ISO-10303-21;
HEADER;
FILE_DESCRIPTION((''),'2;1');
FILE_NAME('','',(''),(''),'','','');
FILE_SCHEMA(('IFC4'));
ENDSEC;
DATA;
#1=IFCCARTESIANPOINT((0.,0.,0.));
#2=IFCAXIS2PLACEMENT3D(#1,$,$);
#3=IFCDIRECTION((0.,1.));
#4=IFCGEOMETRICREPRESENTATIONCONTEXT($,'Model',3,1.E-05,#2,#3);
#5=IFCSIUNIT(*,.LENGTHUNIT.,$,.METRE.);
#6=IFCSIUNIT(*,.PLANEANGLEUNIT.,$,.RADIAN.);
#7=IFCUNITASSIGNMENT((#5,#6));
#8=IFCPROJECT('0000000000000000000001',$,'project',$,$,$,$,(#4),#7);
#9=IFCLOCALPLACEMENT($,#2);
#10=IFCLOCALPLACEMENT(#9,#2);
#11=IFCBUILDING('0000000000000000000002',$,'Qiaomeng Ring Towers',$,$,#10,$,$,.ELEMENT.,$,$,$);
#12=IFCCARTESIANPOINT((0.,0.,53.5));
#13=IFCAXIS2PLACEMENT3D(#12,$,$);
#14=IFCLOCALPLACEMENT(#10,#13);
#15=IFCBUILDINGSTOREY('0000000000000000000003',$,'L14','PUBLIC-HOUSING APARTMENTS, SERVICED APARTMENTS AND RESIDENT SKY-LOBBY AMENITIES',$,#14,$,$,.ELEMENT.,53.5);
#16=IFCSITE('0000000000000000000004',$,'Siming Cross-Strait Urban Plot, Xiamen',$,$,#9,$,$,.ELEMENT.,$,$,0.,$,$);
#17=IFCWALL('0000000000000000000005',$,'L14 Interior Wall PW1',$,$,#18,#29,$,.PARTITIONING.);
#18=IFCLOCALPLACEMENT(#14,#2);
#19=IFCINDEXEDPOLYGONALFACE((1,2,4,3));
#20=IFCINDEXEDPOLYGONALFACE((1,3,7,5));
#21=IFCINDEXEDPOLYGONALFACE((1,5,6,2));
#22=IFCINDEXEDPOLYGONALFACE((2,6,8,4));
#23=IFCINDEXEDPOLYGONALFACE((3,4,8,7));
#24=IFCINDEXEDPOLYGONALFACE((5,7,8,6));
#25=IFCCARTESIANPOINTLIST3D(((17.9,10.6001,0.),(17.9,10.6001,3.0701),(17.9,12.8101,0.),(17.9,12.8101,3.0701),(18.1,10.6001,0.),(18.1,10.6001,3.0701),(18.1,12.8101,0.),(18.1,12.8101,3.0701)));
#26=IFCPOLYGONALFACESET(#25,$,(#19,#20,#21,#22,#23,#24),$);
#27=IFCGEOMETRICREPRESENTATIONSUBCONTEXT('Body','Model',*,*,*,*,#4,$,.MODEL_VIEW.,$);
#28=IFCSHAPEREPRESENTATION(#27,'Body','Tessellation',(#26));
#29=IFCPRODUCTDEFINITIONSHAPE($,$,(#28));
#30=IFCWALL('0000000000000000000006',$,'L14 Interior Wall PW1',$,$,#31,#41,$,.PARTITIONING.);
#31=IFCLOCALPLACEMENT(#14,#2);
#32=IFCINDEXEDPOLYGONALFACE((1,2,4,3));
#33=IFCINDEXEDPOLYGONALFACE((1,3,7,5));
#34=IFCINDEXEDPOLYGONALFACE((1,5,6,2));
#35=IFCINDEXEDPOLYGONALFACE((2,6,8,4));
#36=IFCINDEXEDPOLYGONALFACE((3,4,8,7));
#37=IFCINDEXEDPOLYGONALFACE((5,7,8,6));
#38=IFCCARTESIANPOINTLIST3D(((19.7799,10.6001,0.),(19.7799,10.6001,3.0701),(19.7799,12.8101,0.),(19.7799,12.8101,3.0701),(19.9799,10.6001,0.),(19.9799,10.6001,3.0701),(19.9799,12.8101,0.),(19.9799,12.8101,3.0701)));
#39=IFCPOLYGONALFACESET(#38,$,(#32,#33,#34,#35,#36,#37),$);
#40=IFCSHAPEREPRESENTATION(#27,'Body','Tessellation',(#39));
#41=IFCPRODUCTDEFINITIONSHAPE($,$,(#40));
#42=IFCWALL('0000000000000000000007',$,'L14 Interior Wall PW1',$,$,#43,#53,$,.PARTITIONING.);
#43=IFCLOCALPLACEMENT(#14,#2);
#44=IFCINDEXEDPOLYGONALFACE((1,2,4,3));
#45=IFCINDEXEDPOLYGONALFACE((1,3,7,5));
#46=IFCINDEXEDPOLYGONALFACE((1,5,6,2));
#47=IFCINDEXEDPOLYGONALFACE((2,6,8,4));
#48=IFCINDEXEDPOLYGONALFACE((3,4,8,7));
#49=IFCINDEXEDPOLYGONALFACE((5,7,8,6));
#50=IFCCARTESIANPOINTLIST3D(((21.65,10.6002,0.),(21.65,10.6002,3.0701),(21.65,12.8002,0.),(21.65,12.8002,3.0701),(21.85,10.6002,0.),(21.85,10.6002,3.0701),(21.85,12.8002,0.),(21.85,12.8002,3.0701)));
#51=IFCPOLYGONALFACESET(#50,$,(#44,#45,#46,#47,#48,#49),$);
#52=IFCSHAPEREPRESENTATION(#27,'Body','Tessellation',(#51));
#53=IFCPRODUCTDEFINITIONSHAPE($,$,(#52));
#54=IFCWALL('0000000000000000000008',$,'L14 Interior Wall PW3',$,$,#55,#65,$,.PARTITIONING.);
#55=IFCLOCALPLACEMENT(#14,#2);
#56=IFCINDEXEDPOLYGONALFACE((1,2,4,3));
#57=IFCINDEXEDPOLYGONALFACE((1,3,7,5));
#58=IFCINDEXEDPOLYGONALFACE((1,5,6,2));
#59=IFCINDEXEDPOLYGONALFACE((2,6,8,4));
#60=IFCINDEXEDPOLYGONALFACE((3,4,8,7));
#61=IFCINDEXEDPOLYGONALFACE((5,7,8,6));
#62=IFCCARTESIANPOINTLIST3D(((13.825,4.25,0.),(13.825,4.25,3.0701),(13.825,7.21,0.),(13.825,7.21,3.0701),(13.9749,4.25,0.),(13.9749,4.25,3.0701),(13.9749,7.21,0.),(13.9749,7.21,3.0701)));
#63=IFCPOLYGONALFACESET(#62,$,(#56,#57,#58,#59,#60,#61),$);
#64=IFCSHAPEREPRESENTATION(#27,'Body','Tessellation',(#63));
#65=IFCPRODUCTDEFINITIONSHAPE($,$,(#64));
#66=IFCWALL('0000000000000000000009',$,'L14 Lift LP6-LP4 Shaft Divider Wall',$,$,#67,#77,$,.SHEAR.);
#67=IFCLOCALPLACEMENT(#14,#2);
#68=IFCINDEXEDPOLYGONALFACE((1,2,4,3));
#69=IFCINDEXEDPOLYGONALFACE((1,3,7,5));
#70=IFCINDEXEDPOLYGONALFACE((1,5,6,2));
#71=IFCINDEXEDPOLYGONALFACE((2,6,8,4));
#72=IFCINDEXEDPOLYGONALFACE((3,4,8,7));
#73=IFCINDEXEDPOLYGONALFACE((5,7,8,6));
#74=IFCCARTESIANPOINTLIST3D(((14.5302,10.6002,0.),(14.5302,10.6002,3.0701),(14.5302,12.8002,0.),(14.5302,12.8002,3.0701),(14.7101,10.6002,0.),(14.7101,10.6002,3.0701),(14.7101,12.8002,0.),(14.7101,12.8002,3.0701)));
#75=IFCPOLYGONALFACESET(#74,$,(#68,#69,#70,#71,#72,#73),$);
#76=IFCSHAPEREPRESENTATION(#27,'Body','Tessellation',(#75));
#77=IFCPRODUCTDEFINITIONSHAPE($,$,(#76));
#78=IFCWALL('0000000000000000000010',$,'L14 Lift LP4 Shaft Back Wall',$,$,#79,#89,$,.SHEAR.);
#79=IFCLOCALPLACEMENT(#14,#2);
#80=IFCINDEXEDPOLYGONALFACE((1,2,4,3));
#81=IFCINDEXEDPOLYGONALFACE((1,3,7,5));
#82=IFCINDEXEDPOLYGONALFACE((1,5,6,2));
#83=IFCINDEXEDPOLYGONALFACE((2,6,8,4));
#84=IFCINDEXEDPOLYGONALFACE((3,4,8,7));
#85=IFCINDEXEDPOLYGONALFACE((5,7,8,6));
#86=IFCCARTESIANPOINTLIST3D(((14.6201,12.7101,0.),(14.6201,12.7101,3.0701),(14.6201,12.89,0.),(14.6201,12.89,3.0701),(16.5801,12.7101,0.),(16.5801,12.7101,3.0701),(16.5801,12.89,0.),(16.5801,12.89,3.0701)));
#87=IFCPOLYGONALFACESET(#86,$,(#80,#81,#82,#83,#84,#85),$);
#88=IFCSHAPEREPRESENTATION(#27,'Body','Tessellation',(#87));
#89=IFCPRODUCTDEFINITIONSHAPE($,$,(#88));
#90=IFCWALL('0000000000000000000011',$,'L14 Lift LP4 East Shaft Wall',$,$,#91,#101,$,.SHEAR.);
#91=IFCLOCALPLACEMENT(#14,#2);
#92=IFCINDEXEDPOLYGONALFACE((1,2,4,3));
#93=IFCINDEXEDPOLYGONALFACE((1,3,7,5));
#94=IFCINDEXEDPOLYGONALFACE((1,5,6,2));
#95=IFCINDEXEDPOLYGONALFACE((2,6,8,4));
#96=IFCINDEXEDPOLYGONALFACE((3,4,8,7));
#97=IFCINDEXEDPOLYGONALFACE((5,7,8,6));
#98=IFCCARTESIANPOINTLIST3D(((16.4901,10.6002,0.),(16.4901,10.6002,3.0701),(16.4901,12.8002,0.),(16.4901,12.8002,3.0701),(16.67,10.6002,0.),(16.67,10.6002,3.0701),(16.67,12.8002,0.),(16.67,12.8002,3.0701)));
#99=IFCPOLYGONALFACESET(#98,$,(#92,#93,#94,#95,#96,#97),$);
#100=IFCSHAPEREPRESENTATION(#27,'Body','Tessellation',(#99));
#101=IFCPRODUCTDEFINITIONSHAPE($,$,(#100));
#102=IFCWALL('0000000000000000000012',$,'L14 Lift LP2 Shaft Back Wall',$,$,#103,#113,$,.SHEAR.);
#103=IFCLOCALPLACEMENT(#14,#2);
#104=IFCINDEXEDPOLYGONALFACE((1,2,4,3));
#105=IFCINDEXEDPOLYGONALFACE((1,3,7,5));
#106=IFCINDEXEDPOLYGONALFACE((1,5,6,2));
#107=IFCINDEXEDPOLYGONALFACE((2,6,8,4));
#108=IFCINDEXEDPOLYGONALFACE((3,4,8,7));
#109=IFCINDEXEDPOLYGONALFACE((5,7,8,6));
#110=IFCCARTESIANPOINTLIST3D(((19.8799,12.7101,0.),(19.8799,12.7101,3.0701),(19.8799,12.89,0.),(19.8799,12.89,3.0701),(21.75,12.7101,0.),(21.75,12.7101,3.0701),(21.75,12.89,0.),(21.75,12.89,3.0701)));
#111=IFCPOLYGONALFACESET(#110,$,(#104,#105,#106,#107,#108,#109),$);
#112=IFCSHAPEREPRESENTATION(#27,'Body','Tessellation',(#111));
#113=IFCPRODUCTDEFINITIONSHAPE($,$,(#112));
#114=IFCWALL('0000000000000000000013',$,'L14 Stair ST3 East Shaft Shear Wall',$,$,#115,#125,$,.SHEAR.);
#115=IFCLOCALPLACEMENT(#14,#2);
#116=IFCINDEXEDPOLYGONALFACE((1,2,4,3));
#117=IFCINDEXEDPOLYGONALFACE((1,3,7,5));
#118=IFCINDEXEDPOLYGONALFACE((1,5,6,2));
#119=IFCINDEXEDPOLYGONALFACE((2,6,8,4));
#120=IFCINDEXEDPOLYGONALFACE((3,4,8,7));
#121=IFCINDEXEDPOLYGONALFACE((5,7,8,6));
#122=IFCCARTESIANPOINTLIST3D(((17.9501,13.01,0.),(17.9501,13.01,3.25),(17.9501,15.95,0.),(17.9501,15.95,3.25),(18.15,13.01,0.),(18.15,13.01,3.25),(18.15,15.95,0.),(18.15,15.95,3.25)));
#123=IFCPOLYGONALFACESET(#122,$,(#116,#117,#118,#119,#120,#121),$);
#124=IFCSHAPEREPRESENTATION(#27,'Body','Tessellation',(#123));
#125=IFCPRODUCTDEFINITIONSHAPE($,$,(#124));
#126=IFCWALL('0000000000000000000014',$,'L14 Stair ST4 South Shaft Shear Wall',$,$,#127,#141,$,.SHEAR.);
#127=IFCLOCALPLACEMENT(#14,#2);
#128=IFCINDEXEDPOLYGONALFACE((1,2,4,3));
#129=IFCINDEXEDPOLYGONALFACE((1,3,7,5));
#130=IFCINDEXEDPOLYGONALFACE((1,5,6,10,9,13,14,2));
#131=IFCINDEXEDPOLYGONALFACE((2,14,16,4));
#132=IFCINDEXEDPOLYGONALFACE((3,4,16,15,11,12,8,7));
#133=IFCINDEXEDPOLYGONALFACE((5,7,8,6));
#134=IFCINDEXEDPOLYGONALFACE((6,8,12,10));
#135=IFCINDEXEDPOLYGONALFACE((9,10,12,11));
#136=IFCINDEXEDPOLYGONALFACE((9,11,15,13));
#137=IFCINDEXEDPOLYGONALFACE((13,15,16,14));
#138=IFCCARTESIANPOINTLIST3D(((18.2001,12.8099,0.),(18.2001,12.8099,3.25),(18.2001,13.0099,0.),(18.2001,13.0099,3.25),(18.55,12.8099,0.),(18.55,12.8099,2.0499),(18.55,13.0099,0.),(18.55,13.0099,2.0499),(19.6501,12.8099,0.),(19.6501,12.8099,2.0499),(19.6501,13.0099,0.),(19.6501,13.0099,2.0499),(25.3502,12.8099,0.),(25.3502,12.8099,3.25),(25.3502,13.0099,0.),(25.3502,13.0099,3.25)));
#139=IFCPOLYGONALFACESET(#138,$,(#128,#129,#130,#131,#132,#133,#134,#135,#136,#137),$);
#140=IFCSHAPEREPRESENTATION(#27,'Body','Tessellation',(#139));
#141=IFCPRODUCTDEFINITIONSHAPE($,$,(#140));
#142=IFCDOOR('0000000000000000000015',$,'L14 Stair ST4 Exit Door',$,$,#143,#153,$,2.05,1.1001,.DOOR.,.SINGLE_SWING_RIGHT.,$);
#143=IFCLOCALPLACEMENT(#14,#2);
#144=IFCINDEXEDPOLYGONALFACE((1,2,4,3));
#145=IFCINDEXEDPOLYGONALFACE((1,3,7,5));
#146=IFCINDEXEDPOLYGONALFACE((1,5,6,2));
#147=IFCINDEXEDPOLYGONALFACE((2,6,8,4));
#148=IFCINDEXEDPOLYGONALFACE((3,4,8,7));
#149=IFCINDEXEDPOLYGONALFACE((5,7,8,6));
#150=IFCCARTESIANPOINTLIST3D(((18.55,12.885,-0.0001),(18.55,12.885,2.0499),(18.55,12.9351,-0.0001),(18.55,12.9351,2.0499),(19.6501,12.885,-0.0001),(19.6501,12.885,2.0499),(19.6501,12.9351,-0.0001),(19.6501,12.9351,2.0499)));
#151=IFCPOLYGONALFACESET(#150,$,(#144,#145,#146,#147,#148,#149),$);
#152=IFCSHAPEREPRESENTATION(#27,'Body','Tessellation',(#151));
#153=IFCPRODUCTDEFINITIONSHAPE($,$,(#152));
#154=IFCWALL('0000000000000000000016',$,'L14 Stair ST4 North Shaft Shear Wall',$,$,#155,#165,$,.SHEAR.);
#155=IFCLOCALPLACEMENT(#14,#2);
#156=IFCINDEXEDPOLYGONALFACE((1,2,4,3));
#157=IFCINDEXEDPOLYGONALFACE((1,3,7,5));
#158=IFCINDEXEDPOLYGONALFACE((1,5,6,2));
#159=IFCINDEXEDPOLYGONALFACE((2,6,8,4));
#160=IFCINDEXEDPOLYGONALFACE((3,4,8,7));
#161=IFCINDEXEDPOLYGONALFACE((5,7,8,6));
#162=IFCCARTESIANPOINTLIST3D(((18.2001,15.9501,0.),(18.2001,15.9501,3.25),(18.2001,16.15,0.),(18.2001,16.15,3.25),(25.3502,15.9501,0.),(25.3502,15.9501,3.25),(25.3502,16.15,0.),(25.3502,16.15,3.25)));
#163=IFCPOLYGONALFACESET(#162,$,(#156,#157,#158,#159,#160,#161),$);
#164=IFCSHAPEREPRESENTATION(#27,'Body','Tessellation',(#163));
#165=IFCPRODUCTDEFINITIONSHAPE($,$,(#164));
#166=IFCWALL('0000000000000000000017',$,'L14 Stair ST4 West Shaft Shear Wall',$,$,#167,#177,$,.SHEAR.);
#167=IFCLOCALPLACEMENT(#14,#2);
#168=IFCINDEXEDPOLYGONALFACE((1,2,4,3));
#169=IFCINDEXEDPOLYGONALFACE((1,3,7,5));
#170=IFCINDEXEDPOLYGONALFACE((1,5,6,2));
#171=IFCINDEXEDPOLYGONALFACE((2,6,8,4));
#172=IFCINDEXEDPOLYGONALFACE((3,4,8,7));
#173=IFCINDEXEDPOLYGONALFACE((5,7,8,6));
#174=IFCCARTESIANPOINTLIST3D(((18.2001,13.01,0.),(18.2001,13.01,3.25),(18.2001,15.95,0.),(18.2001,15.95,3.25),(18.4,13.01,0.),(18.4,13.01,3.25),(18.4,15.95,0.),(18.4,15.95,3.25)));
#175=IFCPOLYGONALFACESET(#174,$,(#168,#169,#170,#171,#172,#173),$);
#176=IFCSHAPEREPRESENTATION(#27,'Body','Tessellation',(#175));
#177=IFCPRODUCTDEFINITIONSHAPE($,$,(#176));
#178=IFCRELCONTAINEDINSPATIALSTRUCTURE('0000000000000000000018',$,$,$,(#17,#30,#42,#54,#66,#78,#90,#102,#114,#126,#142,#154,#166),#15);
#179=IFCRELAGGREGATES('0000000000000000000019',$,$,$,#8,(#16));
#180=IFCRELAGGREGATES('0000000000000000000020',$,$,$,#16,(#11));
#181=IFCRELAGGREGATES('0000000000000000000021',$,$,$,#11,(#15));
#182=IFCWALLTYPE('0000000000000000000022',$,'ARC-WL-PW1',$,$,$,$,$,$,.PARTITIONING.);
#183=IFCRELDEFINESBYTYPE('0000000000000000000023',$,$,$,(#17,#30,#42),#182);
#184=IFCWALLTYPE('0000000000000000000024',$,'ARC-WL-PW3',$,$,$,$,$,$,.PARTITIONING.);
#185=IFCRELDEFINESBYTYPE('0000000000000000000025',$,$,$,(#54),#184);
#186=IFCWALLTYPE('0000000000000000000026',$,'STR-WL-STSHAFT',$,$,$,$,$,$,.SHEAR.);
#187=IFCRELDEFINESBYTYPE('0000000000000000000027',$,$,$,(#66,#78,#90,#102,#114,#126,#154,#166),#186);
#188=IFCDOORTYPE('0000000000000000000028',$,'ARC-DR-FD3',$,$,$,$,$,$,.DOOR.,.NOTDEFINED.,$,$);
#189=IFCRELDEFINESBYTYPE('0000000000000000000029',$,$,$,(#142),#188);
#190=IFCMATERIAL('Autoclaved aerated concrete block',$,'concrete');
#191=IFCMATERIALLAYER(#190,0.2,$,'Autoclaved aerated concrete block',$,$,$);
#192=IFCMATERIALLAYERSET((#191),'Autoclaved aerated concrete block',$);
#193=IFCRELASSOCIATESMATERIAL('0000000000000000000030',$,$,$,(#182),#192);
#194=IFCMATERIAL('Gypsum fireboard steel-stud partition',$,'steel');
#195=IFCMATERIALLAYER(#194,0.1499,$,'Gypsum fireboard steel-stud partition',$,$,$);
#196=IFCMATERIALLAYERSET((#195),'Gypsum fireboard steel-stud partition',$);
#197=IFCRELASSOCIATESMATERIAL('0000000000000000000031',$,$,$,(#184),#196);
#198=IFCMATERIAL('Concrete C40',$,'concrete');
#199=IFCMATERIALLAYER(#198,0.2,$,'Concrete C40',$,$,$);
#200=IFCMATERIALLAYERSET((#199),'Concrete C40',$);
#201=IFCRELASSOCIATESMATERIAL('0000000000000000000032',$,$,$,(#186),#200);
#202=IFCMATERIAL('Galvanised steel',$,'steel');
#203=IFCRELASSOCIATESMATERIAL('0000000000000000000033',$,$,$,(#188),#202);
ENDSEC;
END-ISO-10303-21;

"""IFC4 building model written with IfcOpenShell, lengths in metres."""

from ifc_helpers import new_model, si_unit, direction, frame, frame_2d, origin, place, context, subcontext, project, spatial, rectangle, extrude, source, transform, mapped, material, layer, layer_set, type_object, element, fill, save


model = new_model("IFC4")

# Units and contexts
model_context = context("Model", 3, precision=1e-05, world=origin(), true_north=direction((0.0, 1.0)))
body_context = subcontext(model_context, "Body", "Model", "MODEL_VIEW")
ifc_project = project(units=[si_unit("LENGTHUNIT", "METRE"), si_unit("PLANEANGLEUNIT", "RADIAN")], contexts=[model_context])

# Site, building, storey
site_placement = place(None, origin())
site = spatial("IfcSite", under=ifc_project, at=site_placement, Name="Siming Cross-Strait Urban Plot, Xiamen", CompositionType="ELEMENT", RefElevation=0.0)
building_placement = place(site_placement, origin())
building = spatial("IfcBuilding", under=site, at=building_placement, Name="Qiaomeng Ring Towers", CompositionType="ELEMENT")
storey_placement = place(building_placement, frame((0.0, 0.0, 53.5)))
storey = spatial("IfcBuildingStorey", under=building, at=storey_placement, Name="L14", Description="PUBLIC-HOUSING APARTMENTS, SERVICED APARTMENTS AND RESIDENT SKY-LOBBY AMENITIES", CompositionType="ELEMENT", Elevation=53.5)

# Walls
ifc_material_1 = material(Name="Autoclaved aerated concrete block", Category="concrete")
ifc_layer_1 = layer(ifc_material_1, 0.2, Name="Autoclaved aerated concrete block")
ifc_layer_set_1 = layer_set([ifc_layer_1], Name="Autoclaved aerated concrete block")
wall_type_1 = type_object("IfcWallType", Name="ARC-WL-PW1", PredefinedType="PARTITIONING", material=ifc_layer_set_1)
for number, where, z_axis, x_axis, name in (
    (1, (18.0, 10.6001, 0.0), (0.0, 0.0, 1.0), (0.0, 1.0, 0.0), "L14 Interior Wall PW1"),
    (2, (19.8799, 10.6001, 0.0), (0.0, 0.0, 1.0), (0.0, 1.0, 0.0), "L14 Interior Wall PW1"),
):
    element("IfcWall", number, at=place(storey_placement, frame(where, z_axis=z_axis, x_axis=x_axis)), inside=storey, type_object=wall_type_1, Name=name, PredefinedType="PARTITIONING", context=body_context, shape_type="SweptSolid", body=[
        extrude(rectangle(XDim=2.21, YDim=0.2, at=frame_2d((1.105, 0.0))), origin(), (0.0, 0.0, 1.0), 3.0701),
    ])
wall_1_placement = place(storey_placement, frame((21.75, 10.6001, 0.0), z_axis=(0.0, 0.0, 1.0), x_axis=(0.0, 1.0, 0.0)))
element("IfcWall", 3, at=wall_1_placement, inside=storey, type_object=wall_type_1, Name="L14 Interior Wall PW1", PredefinedType="PARTITIONING", context=body_context, shape_type="SweptSolid", body=[
    extrude(rectangle(XDim=2.2, YDim=0.2, at=frame_2d((1.1001, 0.0))), origin(), (0.0, 0.0, 1.0), 3.0701),
])
ifc_material_2 = material(Name="Gypsum fireboard steel-stud partition", Category="steel")
ifc_layer_2 = layer(ifc_material_2, 0.1499, Name="Gypsum fireboard steel-stud partition")
ifc_layer_set_2 = layer_set([ifc_layer_2], Name="Gypsum fireboard steel-stud partition")
wall_type_2 = type_object("IfcWallType", Name="ARC-WL-PW3", PredefinedType="PARTITIONING", material=ifc_layer_set_2)
wall_2_placement = place(storey_placement, frame((13.8999, 4.25, 0.0), z_axis=(0.0, 0.0, 1.0), x_axis=(0.0, 1.0, 0.0)))
element("IfcWall", 4, at=wall_2_placement, inside=storey, type_object=wall_type_2, Name="L14 Interior Wall PW3", PredefinedType="PARTITIONING", context=body_context, shape_type="SweptSolid", body=[
    extrude(rectangle(XDim=2.96, YDim=0.1499, at=frame_2d((1.48, 0.0))), origin(), (0.0, 0.0, 1.0), 3.0701),
])
ifc_material_3 = material(Name="Concrete C40", Category="concrete")
ifc_layer_3 = layer(ifc_material_3, 0.2, Name="Concrete C40")
ifc_layer_set_3 = layer_set([ifc_layer_3], Name="Concrete C40")
wall_type_3 = type_object("IfcWallType", Name="STR-WL-STSHAFT", PredefinedType="SHEAR", material=ifc_layer_set_3)
wall_3_placement = place(storey_placement, frame((14.6201, 10.6001, 0.0), z_axis=(0.0, 0.0, 1.0), x_axis=(0.0, 1.0, 0.0)))
element("IfcWall", 5, at=wall_3_placement, inside=storey, type_object=wall_type_3, Name="L14 Lift LP6-LP4 Shaft Divider Wall", PredefinedType="SHEAR", context=body_context, shape_type="SweptSolid", body=[
    extrude(rectangle(XDim=2.2, YDim=0.1799, at=frame_2d((1.1001, 0.0))), origin(), (0.0, 0.0, 1.0), 3.0701),
])
wall_4_placement = place(storey_placement, frame((14.6201, 12.8, 0.0), z_axis=(0.0, 0.0, 1.0), x_axis=(1.0, 0.0, 0.0)))
element("IfcWall", 6, at=wall_4_placement, inside=storey, type_object=wall_type_3, Name="L14 Lift LP4 Shaft Back Wall", PredefinedType="SHEAR", context=body_context, shape_type="SweptSolid", body=[
    extrude(rectangle(XDim=1.96, YDim=0.1799, at=frame_2d((0.98, 0.0))), origin(), (0.0, 0.0, 1.0), 3.0701),
])
wall_5_placement = place(storey_placement, frame((16.5801, 10.6001, 0.0), z_axis=(0.0, 0.0, 1.0), x_axis=(0.0, 1.0, 0.0)))
element("IfcWall", 7, at=wall_5_placement, inside=storey, type_object=wall_type_3, Name="L14 Lift LP4 East Shaft Wall", PredefinedType="SHEAR", context=body_context, shape_type="SweptSolid", body=[
    extrude(rectangle(XDim=2.2, YDim=0.1799, at=frame_2d((1.1001, 0.0))), origin(), (0.0, 0.0, 1.0), 3.0701),
])
wall_6_placement = place(storey_placement, frame((19.8799, 12.8, 0.0), z_axis=(0.0, 0.0, 1.0), x_axis=(1.0, 0.0, 0.0)))
element("IfcWall", 8, at=wall_6_placement, inside=storey, type_object=wall_type_3, Name="L14 Lift LP2 Shaft Back Wall", PredefinedType="SHEAR", context=body_context, shape_type="SweptSolid", body=[
    extrude(rectangle(XDim=1.8701, YDim=0.1799, at=frame_2d((0.9351, 0.0))), origin(), (0.0, 0.0, 1.0), 3.0701),
])
wall_7_placement = place(storey_placement, frame((18.05, 13.01, 0.0), z_axis=(0.0, 0.0, 1.0), x_axis=(0.0, 1.0, 0.0)))
element("IfcWall", 9, at=wall_7_placement, inside=storey, type_object=wall_type_3, Name="L14 Stair ST3 East Shaft Shear Wall", PredefinedType="SHEAR", context=body_context, shape_type="SweptSolid", body=[
    extrude(rectangle(XDim=2.9399, YDim=0.2, at=frame_2d((1.47, 0.0))), origin(), (0.0, 0.0, 1.0), 3.25),
])

# Wall, opening, door
wall_8_placement = place(storey_placement, frame((18.2, 12.9099, 0.0), z_axis=(0.0, 0.0, 1.0), x_axis=(1.0, 0.0, 0.0)))
wall_8 = element("IfcWall", 10, at=wall_8_placement, inside=storey, type_object=wall_type_3, Name="L14 Stair ST4 South Shaft Shear Wall", PredefinedType="SHEAR", context=body_context, shape_type="SweptSolid", body=[
    extrude(rectangle(XDim=7.1501, YDim=0.2, at=frame_2d((3.5752, 0.0))), origin(), (0.0, 0.0, 1.0), 3.25),
])
opening_placement = place(wall_8_placement, frame((0.3501, 0.0, 0.0)))
opening = element("IfcOpeningElement", 11, at=opening_placement, cuts=wall_8, PredefinedType="OPENING", context=body_context, shape_type="SweptSolid", body=[
    extrude(rectangle(XDim=1.1001, YDim=2.05, at=frame_2d((0.55, 1.0249))), frame((0.0, 0.1099, 0.0), z_axis=(0.0, -1.0, 0.0), x_axis=(1.0, 0.0, 0.0)), (0.0, 0.0, 1.0), 0.22),
])
ifc_material_4 = material(Name="Galvanised steel", Category="steel")
door_type = type_object("IfcDoorType", Name="ARC-DR-FD3", OperationType="NOTDEFINED", PredefinedType="DOOR", material=ifc_material_4)
shared_shape_1 = source(origin(), body_context, "Body", "SweptSolid", [
    extrude(rectangle(XDim=1.1001, YDim=2.05, at=frame_2d((0.55, 1.0249))), frame((0.0, 0.0249, 0.0), z_axis=(0.0, -1.0, 0.0), x_axis=(1.0, 0.0, 0.0)), (0.0, 0.0, 1.0), 0.05),
])
door_placement = place(opening_placement, frame((1.1001, 0.0, 0.0), z_axis=(0.0, 0.0, 1.0), x_axis=(-1.0, 0.0, 0.0)))
door = element("IfcDoor", 12, at=door_placement, inside=storey, type_object=door_type, Name="L14 Stair ST4 Exit Door", OperationType="SINGLE_SWING_RIGHT", OverallHeight=2.05, OverallWidth=1.1001, PredefinedType="DOOR", context=body_context, shape_type="MappedRepresentation", body=[
    mapped(shared_shape_1, transform((0.0, 0.0, 0.0), x_axis=(1.0, 0.0, 0.0), y_axis=(0.0, 1.0, 0.0), z_axis=(0.0, 0.0, 1.0), scale=1.0)),
])
fill(opening, door)

# Walls
wall_9_placement = place(storey_placement, frame((18.2, 16.05, 0.0), z_axis=(0.0, 0.0, 1.0), x_axis=(1.0, 0.0, 0.0)))
element("IfcWall", 13, at=wall_9_placement, inside=storey, type_object=wall_type_3, Name="L14 Stair ST4 North Shaft Shear Wall", PredefinedType="SHEAR", context=body_context, shape_type="SweptSolid", body=[
    extrude(rectangle(XDim=7.1501, YDim=0.2, at=frame_2d((3.5752, 0.0))), origin(), (0.0, 0.0, 1.0), 3.25),
])
wall_10_placement = place(storey_placement, frame((18.3, 13.01, 0.0), z_axis=(0.0, 0.0, 1.0), x_axis=(0.0, 1.0, 0.0)))
element("IfcWall", 14, at=wall_10_placement, inside=storey, type_object=wall_type_3, Name="L14 Stair ST4 West Shaft Shear Wall", PredefinedType="SHEAR", context=body_context, shape_type="SweptSolid", body=[
    extrude(rectangle(XDim=2.9399, YDim=0.2, at=frame_2d((1.47, 0.0))), origin(), (0.0, 0.0, 1.0), 3.25),
])

save(model, "model.ifc")
